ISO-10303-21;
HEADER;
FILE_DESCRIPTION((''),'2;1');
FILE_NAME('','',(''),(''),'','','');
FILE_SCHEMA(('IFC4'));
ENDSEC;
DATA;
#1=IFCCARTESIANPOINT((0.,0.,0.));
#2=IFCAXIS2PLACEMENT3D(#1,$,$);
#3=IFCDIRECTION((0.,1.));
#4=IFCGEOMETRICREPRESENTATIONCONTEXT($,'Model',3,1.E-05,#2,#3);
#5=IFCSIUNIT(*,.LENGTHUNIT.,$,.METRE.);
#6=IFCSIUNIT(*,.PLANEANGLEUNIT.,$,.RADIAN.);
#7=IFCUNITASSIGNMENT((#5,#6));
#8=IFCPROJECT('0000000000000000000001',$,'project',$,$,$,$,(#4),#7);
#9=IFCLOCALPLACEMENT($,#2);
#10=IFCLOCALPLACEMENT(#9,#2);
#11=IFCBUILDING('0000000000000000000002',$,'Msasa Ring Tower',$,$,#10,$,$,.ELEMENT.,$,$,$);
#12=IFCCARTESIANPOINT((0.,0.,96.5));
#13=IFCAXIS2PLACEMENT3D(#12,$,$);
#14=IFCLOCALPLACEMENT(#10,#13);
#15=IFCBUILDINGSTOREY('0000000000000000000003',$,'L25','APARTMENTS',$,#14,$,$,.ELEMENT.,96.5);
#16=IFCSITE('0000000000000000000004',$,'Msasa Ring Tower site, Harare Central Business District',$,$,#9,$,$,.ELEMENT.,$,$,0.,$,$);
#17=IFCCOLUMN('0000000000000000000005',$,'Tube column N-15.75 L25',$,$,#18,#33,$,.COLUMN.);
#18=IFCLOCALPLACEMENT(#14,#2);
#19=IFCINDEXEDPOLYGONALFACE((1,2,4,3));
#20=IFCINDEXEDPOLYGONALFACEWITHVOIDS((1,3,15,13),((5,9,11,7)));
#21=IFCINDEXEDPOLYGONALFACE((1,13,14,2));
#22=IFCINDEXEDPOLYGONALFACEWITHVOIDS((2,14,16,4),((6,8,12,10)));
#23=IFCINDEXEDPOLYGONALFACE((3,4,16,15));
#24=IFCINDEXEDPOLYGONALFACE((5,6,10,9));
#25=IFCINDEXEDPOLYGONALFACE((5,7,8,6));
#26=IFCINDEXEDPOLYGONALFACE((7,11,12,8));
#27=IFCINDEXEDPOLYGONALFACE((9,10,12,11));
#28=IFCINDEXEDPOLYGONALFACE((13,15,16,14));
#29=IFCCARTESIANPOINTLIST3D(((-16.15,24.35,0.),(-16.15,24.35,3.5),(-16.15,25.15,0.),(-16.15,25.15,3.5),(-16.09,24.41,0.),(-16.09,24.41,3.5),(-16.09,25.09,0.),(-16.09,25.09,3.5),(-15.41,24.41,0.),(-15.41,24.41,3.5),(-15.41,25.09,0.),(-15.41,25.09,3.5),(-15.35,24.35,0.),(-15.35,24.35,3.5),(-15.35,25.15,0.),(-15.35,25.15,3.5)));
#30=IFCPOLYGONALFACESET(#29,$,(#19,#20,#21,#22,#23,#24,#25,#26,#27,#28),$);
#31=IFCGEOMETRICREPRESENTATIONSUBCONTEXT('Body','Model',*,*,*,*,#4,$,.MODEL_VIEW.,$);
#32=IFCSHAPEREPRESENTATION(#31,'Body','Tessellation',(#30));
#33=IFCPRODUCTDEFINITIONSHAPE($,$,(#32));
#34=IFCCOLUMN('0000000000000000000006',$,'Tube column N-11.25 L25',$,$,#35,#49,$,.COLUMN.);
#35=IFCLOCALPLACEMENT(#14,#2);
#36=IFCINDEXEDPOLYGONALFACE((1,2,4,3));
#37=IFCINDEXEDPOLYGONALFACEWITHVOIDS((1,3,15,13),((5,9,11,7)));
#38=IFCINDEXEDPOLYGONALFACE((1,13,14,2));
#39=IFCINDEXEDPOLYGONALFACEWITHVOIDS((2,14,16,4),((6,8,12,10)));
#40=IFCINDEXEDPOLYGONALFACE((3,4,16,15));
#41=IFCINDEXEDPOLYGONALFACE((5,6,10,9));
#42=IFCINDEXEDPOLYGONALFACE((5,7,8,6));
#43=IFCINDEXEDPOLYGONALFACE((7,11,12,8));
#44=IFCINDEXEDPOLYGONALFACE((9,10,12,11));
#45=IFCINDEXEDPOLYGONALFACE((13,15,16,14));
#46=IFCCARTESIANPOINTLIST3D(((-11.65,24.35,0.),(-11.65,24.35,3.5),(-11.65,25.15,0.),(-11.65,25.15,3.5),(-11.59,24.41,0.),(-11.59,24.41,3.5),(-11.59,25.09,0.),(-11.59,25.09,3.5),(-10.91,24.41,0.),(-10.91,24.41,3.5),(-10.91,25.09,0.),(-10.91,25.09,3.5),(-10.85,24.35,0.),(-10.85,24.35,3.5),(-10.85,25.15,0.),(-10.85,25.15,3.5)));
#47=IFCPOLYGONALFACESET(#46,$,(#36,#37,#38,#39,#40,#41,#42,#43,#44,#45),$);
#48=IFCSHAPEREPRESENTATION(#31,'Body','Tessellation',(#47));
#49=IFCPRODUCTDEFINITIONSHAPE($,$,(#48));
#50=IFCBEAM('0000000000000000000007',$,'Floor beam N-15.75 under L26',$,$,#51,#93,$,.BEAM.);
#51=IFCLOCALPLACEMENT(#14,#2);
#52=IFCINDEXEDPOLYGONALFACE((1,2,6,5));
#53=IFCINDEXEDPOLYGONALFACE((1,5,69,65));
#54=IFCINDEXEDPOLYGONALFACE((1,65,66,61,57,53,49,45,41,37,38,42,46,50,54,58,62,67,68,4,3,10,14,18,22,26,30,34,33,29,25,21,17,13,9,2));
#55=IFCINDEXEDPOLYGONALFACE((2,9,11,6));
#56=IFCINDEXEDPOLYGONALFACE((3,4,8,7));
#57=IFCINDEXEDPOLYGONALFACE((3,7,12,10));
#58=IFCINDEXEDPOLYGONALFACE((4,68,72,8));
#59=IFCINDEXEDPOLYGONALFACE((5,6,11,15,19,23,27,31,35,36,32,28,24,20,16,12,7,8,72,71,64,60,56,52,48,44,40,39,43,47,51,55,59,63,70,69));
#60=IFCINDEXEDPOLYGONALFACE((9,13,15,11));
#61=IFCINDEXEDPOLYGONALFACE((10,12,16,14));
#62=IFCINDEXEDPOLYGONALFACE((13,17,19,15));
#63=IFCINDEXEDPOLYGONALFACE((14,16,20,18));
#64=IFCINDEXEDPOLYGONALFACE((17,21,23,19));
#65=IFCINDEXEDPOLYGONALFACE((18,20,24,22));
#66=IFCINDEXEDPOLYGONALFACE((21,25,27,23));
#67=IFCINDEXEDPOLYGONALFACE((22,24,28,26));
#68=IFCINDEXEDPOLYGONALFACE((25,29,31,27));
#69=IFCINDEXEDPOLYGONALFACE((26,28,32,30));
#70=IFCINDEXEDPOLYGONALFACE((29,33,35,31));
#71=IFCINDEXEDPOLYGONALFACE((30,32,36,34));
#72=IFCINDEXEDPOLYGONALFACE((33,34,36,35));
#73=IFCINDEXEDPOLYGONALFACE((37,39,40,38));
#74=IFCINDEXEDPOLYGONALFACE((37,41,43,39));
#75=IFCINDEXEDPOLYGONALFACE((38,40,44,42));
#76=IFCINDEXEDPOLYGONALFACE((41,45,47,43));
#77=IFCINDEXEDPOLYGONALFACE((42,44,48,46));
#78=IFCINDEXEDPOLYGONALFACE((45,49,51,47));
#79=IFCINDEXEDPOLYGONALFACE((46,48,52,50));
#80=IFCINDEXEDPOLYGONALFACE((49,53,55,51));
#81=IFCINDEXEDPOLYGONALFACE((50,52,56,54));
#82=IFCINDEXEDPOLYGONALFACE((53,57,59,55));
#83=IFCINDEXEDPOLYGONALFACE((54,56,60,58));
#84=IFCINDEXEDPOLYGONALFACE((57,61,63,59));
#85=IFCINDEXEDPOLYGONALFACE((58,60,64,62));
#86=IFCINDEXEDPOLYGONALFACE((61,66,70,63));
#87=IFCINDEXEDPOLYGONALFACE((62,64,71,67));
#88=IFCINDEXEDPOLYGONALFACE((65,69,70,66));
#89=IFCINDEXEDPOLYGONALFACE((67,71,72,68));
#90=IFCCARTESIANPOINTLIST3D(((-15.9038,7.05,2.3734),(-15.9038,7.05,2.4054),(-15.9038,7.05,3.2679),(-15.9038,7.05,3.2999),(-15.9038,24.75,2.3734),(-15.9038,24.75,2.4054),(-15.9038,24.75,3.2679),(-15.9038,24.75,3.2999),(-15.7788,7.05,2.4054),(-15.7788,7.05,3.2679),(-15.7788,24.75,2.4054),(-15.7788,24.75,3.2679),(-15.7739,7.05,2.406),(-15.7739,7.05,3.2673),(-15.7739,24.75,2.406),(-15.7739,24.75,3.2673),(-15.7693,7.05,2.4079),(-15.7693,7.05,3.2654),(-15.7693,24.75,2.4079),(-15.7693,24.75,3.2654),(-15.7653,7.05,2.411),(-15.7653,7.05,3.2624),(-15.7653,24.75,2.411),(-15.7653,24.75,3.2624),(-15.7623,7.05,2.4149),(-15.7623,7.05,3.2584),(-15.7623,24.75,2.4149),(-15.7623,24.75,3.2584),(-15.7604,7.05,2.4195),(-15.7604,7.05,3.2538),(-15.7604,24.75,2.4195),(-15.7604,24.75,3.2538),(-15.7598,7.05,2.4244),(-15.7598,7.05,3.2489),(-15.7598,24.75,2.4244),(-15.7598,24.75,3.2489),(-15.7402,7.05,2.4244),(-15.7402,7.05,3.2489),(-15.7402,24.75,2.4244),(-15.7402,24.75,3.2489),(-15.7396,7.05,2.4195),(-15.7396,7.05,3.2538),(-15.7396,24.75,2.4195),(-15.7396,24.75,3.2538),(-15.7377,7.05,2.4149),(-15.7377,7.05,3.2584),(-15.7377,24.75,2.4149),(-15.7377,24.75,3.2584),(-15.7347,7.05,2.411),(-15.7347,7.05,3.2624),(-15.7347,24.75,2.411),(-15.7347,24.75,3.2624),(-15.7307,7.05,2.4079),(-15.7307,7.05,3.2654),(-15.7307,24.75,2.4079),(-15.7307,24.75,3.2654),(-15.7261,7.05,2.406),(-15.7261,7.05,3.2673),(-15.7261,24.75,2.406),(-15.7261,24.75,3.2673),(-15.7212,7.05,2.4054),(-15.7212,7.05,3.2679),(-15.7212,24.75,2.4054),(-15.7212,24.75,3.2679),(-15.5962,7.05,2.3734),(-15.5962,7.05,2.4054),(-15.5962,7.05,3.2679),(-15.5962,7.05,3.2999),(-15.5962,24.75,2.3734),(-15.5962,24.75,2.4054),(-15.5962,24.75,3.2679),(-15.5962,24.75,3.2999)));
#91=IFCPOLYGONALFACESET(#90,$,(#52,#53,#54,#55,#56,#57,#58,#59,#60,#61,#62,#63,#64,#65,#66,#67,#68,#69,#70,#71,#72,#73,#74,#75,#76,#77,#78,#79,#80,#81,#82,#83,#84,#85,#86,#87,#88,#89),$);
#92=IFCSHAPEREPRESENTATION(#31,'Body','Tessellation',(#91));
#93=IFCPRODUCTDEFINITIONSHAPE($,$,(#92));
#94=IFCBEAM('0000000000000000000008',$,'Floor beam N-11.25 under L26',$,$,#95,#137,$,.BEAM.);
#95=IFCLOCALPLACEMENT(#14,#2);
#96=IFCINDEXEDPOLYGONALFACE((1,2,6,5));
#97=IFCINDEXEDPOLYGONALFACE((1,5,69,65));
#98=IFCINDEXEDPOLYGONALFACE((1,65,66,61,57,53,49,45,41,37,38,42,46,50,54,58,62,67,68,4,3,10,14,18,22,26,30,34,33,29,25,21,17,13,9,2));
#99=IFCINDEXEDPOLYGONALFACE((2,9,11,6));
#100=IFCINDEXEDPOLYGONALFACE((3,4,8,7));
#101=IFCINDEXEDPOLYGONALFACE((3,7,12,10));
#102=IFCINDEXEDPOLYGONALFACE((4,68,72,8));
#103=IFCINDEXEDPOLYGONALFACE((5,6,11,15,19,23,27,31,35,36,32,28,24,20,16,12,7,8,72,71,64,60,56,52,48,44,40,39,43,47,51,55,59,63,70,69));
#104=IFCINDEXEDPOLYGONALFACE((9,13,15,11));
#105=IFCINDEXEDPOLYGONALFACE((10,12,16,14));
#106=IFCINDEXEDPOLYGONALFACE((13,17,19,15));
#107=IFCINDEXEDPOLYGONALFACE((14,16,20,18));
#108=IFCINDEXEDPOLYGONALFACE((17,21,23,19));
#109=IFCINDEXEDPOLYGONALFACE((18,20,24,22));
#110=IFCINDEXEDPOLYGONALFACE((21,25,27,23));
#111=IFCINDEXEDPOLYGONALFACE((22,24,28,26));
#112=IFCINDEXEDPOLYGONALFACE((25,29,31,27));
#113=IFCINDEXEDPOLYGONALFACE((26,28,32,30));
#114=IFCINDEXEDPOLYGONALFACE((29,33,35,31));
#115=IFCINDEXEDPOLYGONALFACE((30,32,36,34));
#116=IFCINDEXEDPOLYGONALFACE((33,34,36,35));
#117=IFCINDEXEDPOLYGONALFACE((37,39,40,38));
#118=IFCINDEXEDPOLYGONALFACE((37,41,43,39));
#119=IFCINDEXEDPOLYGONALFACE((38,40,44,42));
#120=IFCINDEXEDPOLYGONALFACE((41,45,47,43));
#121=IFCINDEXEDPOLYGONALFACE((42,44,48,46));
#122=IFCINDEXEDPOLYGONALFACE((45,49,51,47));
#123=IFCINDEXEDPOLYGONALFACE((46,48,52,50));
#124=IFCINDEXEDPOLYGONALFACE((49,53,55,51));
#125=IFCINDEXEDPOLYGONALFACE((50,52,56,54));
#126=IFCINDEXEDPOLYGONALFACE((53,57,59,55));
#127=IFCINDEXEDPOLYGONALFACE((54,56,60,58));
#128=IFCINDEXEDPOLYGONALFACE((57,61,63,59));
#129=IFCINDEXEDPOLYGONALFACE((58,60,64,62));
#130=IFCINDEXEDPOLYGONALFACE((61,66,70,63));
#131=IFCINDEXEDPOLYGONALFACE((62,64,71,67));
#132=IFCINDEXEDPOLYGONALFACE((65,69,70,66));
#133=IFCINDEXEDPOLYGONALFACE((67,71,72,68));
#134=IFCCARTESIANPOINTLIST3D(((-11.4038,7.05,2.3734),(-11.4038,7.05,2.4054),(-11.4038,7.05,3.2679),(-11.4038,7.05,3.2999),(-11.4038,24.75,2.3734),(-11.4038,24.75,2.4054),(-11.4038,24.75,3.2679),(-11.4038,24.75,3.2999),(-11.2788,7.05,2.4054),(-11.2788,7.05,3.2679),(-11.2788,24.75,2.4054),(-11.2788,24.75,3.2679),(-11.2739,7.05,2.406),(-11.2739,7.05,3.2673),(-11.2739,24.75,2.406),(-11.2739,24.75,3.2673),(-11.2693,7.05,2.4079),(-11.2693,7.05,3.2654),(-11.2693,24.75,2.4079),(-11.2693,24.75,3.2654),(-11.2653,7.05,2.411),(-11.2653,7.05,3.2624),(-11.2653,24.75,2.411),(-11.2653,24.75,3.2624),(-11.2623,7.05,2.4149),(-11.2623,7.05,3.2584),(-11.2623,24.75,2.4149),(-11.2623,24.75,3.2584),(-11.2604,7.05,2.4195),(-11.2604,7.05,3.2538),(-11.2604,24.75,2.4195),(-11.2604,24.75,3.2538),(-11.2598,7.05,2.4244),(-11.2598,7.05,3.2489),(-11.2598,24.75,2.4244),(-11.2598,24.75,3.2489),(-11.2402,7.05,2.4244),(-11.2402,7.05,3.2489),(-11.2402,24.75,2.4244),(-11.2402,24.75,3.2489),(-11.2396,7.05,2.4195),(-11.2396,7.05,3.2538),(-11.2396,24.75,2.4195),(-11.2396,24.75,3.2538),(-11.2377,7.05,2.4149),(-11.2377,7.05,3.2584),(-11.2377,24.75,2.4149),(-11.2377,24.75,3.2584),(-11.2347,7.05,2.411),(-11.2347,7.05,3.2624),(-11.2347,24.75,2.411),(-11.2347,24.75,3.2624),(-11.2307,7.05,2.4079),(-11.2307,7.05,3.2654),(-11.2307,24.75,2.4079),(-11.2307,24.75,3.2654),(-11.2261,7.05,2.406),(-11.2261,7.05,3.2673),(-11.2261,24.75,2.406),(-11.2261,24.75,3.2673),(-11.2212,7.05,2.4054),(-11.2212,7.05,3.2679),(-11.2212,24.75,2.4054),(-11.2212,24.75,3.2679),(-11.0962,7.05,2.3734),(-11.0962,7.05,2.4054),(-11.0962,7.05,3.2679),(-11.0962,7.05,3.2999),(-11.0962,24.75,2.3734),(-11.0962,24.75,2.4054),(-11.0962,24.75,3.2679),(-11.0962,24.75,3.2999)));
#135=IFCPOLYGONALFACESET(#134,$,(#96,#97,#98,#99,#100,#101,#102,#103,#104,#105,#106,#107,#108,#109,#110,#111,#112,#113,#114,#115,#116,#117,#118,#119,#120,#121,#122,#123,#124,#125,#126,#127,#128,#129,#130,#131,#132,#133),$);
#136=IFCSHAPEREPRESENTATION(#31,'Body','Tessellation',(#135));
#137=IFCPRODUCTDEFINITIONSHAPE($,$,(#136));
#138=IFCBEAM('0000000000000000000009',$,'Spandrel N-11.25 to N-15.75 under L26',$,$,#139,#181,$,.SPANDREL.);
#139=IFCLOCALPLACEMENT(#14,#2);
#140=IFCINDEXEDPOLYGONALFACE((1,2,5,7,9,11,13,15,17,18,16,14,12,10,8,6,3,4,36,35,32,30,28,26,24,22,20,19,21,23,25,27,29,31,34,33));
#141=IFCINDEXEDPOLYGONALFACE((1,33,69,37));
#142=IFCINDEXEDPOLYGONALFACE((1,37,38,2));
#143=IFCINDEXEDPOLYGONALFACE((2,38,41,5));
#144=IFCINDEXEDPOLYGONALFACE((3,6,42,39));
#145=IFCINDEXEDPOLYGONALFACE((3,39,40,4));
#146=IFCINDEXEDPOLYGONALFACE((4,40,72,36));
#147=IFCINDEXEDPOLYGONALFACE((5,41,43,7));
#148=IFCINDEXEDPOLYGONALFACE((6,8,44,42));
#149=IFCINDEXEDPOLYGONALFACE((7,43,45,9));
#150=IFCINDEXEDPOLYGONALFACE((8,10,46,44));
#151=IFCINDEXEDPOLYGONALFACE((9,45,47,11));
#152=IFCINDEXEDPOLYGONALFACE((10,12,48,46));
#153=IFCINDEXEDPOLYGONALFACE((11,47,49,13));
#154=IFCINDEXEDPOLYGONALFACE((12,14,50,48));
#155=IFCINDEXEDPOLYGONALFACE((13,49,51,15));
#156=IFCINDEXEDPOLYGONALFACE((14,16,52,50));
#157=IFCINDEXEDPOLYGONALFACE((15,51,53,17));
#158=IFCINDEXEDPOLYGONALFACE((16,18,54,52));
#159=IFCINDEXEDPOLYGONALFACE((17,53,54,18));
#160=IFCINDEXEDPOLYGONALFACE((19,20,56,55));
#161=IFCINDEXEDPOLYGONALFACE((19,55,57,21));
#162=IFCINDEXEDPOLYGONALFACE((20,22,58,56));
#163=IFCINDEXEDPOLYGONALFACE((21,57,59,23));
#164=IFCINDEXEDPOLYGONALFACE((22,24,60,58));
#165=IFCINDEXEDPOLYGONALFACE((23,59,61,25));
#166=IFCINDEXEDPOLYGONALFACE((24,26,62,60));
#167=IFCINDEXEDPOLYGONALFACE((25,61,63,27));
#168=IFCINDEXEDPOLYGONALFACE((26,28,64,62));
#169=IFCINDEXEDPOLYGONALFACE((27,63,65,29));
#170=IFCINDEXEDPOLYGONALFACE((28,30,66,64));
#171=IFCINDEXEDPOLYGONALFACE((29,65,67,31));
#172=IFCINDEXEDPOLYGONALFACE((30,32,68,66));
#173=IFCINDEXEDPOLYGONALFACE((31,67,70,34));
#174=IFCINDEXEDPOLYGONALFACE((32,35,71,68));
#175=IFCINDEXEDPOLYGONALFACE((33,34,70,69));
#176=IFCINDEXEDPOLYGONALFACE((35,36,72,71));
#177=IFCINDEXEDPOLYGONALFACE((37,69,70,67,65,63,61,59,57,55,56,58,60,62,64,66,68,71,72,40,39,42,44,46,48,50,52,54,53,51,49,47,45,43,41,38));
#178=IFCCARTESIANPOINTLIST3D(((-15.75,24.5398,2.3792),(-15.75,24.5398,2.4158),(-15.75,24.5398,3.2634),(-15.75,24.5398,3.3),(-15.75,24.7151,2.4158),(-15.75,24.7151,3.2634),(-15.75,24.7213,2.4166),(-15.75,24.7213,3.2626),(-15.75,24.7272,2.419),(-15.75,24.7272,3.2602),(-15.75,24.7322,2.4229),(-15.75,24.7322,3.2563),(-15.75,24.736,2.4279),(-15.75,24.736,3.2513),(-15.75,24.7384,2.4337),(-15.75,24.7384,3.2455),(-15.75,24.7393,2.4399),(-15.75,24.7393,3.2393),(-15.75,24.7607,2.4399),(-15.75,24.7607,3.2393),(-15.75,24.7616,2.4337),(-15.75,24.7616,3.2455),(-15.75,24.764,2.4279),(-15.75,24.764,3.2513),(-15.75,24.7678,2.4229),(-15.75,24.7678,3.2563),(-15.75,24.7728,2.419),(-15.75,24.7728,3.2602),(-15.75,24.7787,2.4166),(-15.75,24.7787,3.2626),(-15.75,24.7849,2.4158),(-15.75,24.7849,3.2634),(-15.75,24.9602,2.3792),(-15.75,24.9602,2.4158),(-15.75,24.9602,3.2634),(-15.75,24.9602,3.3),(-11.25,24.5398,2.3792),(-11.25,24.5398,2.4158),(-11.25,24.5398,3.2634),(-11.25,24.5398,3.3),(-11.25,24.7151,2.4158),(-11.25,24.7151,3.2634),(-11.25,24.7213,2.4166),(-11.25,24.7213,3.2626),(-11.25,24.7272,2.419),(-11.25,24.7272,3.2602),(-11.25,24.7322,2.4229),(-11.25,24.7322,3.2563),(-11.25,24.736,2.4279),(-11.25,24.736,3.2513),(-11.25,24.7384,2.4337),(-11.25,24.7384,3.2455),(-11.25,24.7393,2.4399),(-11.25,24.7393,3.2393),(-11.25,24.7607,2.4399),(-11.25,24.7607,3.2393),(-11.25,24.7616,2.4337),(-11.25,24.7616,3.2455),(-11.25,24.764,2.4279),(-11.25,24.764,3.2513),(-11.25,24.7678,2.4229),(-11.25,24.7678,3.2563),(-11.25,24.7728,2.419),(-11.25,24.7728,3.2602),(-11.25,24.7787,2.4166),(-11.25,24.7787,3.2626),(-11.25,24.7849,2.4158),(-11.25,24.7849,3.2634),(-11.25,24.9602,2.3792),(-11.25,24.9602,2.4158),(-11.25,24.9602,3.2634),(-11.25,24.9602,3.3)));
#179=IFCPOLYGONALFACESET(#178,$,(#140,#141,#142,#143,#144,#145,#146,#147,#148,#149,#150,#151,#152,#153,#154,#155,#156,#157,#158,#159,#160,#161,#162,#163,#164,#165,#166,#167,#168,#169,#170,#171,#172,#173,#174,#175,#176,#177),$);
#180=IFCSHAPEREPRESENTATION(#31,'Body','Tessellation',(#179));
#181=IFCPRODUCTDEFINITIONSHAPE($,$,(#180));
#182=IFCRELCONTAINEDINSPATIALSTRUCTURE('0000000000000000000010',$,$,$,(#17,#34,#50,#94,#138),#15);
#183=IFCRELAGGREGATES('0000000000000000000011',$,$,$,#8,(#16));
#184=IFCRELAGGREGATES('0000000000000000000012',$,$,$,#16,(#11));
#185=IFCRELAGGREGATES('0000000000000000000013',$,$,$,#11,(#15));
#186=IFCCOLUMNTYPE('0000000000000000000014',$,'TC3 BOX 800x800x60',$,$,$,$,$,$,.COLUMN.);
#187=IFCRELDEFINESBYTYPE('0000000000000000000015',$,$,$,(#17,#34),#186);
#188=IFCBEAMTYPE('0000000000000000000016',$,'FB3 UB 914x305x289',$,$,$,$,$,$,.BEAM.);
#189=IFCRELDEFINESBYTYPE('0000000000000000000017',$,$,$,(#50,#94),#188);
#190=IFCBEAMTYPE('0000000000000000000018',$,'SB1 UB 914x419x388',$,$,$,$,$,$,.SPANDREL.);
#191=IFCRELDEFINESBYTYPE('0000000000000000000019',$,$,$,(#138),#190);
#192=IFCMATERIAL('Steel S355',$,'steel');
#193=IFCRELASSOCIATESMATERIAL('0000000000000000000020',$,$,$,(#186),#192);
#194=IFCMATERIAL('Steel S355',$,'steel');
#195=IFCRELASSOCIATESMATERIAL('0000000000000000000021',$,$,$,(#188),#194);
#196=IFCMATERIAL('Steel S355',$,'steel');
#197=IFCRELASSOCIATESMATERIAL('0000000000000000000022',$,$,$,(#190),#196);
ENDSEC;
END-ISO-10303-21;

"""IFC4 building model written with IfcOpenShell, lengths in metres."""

from ifc_helpers import new_model, si_unit, direction, frame, origin, origin_2d, place, context, subcontext, project, spatial, hollow_rectangle, i_section, extrude, material, material_profile, profile_set, type_object, element, save


model = new_model("IFC4")

# Units and contexts
model_context = context("Model", 3, precision=1e-05, world=origin(), true_north=direction((0.0, 1.0)))
body_context = subcontext(model_context, "Body", "Model", "MODEL_VIEW")
ifc_project = project(units=[si_unit("LENGTHUNIT", "METRE"), si_unit("PLANEANGLEUNIT", "RADIAN")], contexts=[model_context])

# Site, building, storey
site_placement = place(None, origin())
site = spatial("IfcSite", under=ifc_project, at=site_placement, Name="Msasa Ring Tower site, Harare Central Business District", CompositionType="ELEMENT", RefElevation=0.0)
building_placement = place(site_placement, origin())
building = spatial("IfcBuilding", under=site, at=building_placement, Name="Msasa Ring Tower", CompositionType="ELEMENT")
storey_placement = place(building_placement, frame((0.0, 0.0, 96.5)))
storey = spatial("IfcBuildingStorey", under=building, at=storey_placement, Name="L25", Description="APARTMENTS", CompositionType="ELEMENT", Elevation=96.5)

# Columns
ifc_material_1 = material(Name="Steel S355", Category="steel")
ifc_material_profile_1 = material_profile(ifc_material_1, hollow_rectangle(XDim=0.8, YDim=0.8, WallThickness=0.0601, at=origin_2d()), Name="BOX 800x800x60")
ifc_profile_set_1 = profile_set([ifc_material_profile_1], Name="Steel S355")
column_type = type_object("IfcColumnType", Name="TC3 BOX 800x800x60", PredefinedType="COLUMN", material=ifc_profile_set_1)
for number, where, z_axis, x_axis, name in (
    (1, (-15.75, 24.75, 0.0), (0.0, 0.0, 1.0), (0.0, 1.0, 0.0), "Tube column N-15.75 L25"),
    (2, (-11.25, 24.75, 0.0), (0.0, 0.0, 1.0), (0.0, 1.0, 0.0), "Tube column N-11.25 L25"),
):
    element("IfcColumn", number, at=place(storey_placement, frame(where, z_axis=z_axis, x_axis=x_axis)), inside=storey, type_object=column_type, Name=name, PredefinedType="COLUMN", context=body_context, shape_type="SweptSolid", body=[
        extrude(hollow_rectangle(XDim=0.8, YDim=0.8, WallThickness=0.0601, at=origin_2d()), origin(), (0.0, 0.0, 1.0), 3.5),
    ])

# Beams
ifc_material_2 = material(Name="Steel S355", Category="steel")
ifc_material_profile_2 = material_profile(ifc_material_2, i_section(OverallWidth=0.3076, OverallDepth=0.9265, WebThickness=0.0195, FlangeThickness=0.032, FilletRadius=0.019, at=origin_2d()), Name="UB 914x305x289")
ifc_profile_set_2 = profile_set([ifc_material_profile_2], Name="Steel S355")
beam_type_1 = type_object("IfcBeamType", Name="FB3 UB 914x305x289", PredefinedType="BEAM", material=ifc_profile_set_2)
for number, where, z_axis, x_axis, name in (
    (3, (-15.75, 24.75, 2.8367), (0.0, -1.0, 0.0), (1.0, 0.0, 0.0), "Floor beam N-15.75 under L26"),
    (4, (-11.25, 24.75, 2.8367), (0.0, -1.0, 0.0), (1.0, 0.0, 0.0), "Floor beam N-11.25 under L26"),
):
    element("IfcBeam", number, at=place(storey_placement, frame(where, z_axis=z_axis, x_axis=x_axis)), inside=storey, type_object=beam_type_1, Name=name, PredefinedType="BEAM", context=body_context, shape_type="SweptSolid", body=[
        extrude(i_section(OverallWidth=0.3076, OverallDepth=0.9265, WebThickness=0.0195, FlangeThickness=0.032, FilletRadius=0.019, at=origin_2d()), origin(), (0.0, 0.0, 1.0), 17.7),
    ])
ifc_material_3 = material(Name="Steel S355", Category="steel")
ifc_material_profile_3 = material_profile(ifc_material_3, i_section(OverallWidth=0.4204, OverallDepth=0.9209, WebThickness=0.0215, FlangeThickness=0.0366, FilletRadius=0.0242, at=origin_2d()), Name="UB 914x419x388")
ifc_profile_set_3 = profile_set([ifc_material_profile_3], Name="Steel S355")
beam_type_2 = type_object("IfcBeamType", Name="SB1 UB 914x419x388", PredefinedType="SPANDREL", material=ifc_profile_set_3)
for number, where, z_axis, x_axis, name in (
    (5, (-11.25, 24.75, 2.8396), (-1.0, 0.0, 0.0), (0.0, -1.0, 0.0), "Spandrel N-11.25 to N-15.75 under L26"),
):
    element("IfcBeam", number, at=place(storey_placement, frame(where, z_axis=z_axis, x_axis=x_axis)), inside=storey, type_object=beam_type_2, Name=name, PredefinedType="SPANDREL", context=body_context, shape_type="SweptSolid", body=[
        extrude(i_section(OverallWidth=0.4204, OverallDepth=0.9209, WebThickness=0.0215, FlangeThickness=0.0366, FilletRadius=0.0242, at=origin_2d()), origin(), (0.0, 0.0, 1.0), 4.5),
    ])

save(model, "model.ifc")
